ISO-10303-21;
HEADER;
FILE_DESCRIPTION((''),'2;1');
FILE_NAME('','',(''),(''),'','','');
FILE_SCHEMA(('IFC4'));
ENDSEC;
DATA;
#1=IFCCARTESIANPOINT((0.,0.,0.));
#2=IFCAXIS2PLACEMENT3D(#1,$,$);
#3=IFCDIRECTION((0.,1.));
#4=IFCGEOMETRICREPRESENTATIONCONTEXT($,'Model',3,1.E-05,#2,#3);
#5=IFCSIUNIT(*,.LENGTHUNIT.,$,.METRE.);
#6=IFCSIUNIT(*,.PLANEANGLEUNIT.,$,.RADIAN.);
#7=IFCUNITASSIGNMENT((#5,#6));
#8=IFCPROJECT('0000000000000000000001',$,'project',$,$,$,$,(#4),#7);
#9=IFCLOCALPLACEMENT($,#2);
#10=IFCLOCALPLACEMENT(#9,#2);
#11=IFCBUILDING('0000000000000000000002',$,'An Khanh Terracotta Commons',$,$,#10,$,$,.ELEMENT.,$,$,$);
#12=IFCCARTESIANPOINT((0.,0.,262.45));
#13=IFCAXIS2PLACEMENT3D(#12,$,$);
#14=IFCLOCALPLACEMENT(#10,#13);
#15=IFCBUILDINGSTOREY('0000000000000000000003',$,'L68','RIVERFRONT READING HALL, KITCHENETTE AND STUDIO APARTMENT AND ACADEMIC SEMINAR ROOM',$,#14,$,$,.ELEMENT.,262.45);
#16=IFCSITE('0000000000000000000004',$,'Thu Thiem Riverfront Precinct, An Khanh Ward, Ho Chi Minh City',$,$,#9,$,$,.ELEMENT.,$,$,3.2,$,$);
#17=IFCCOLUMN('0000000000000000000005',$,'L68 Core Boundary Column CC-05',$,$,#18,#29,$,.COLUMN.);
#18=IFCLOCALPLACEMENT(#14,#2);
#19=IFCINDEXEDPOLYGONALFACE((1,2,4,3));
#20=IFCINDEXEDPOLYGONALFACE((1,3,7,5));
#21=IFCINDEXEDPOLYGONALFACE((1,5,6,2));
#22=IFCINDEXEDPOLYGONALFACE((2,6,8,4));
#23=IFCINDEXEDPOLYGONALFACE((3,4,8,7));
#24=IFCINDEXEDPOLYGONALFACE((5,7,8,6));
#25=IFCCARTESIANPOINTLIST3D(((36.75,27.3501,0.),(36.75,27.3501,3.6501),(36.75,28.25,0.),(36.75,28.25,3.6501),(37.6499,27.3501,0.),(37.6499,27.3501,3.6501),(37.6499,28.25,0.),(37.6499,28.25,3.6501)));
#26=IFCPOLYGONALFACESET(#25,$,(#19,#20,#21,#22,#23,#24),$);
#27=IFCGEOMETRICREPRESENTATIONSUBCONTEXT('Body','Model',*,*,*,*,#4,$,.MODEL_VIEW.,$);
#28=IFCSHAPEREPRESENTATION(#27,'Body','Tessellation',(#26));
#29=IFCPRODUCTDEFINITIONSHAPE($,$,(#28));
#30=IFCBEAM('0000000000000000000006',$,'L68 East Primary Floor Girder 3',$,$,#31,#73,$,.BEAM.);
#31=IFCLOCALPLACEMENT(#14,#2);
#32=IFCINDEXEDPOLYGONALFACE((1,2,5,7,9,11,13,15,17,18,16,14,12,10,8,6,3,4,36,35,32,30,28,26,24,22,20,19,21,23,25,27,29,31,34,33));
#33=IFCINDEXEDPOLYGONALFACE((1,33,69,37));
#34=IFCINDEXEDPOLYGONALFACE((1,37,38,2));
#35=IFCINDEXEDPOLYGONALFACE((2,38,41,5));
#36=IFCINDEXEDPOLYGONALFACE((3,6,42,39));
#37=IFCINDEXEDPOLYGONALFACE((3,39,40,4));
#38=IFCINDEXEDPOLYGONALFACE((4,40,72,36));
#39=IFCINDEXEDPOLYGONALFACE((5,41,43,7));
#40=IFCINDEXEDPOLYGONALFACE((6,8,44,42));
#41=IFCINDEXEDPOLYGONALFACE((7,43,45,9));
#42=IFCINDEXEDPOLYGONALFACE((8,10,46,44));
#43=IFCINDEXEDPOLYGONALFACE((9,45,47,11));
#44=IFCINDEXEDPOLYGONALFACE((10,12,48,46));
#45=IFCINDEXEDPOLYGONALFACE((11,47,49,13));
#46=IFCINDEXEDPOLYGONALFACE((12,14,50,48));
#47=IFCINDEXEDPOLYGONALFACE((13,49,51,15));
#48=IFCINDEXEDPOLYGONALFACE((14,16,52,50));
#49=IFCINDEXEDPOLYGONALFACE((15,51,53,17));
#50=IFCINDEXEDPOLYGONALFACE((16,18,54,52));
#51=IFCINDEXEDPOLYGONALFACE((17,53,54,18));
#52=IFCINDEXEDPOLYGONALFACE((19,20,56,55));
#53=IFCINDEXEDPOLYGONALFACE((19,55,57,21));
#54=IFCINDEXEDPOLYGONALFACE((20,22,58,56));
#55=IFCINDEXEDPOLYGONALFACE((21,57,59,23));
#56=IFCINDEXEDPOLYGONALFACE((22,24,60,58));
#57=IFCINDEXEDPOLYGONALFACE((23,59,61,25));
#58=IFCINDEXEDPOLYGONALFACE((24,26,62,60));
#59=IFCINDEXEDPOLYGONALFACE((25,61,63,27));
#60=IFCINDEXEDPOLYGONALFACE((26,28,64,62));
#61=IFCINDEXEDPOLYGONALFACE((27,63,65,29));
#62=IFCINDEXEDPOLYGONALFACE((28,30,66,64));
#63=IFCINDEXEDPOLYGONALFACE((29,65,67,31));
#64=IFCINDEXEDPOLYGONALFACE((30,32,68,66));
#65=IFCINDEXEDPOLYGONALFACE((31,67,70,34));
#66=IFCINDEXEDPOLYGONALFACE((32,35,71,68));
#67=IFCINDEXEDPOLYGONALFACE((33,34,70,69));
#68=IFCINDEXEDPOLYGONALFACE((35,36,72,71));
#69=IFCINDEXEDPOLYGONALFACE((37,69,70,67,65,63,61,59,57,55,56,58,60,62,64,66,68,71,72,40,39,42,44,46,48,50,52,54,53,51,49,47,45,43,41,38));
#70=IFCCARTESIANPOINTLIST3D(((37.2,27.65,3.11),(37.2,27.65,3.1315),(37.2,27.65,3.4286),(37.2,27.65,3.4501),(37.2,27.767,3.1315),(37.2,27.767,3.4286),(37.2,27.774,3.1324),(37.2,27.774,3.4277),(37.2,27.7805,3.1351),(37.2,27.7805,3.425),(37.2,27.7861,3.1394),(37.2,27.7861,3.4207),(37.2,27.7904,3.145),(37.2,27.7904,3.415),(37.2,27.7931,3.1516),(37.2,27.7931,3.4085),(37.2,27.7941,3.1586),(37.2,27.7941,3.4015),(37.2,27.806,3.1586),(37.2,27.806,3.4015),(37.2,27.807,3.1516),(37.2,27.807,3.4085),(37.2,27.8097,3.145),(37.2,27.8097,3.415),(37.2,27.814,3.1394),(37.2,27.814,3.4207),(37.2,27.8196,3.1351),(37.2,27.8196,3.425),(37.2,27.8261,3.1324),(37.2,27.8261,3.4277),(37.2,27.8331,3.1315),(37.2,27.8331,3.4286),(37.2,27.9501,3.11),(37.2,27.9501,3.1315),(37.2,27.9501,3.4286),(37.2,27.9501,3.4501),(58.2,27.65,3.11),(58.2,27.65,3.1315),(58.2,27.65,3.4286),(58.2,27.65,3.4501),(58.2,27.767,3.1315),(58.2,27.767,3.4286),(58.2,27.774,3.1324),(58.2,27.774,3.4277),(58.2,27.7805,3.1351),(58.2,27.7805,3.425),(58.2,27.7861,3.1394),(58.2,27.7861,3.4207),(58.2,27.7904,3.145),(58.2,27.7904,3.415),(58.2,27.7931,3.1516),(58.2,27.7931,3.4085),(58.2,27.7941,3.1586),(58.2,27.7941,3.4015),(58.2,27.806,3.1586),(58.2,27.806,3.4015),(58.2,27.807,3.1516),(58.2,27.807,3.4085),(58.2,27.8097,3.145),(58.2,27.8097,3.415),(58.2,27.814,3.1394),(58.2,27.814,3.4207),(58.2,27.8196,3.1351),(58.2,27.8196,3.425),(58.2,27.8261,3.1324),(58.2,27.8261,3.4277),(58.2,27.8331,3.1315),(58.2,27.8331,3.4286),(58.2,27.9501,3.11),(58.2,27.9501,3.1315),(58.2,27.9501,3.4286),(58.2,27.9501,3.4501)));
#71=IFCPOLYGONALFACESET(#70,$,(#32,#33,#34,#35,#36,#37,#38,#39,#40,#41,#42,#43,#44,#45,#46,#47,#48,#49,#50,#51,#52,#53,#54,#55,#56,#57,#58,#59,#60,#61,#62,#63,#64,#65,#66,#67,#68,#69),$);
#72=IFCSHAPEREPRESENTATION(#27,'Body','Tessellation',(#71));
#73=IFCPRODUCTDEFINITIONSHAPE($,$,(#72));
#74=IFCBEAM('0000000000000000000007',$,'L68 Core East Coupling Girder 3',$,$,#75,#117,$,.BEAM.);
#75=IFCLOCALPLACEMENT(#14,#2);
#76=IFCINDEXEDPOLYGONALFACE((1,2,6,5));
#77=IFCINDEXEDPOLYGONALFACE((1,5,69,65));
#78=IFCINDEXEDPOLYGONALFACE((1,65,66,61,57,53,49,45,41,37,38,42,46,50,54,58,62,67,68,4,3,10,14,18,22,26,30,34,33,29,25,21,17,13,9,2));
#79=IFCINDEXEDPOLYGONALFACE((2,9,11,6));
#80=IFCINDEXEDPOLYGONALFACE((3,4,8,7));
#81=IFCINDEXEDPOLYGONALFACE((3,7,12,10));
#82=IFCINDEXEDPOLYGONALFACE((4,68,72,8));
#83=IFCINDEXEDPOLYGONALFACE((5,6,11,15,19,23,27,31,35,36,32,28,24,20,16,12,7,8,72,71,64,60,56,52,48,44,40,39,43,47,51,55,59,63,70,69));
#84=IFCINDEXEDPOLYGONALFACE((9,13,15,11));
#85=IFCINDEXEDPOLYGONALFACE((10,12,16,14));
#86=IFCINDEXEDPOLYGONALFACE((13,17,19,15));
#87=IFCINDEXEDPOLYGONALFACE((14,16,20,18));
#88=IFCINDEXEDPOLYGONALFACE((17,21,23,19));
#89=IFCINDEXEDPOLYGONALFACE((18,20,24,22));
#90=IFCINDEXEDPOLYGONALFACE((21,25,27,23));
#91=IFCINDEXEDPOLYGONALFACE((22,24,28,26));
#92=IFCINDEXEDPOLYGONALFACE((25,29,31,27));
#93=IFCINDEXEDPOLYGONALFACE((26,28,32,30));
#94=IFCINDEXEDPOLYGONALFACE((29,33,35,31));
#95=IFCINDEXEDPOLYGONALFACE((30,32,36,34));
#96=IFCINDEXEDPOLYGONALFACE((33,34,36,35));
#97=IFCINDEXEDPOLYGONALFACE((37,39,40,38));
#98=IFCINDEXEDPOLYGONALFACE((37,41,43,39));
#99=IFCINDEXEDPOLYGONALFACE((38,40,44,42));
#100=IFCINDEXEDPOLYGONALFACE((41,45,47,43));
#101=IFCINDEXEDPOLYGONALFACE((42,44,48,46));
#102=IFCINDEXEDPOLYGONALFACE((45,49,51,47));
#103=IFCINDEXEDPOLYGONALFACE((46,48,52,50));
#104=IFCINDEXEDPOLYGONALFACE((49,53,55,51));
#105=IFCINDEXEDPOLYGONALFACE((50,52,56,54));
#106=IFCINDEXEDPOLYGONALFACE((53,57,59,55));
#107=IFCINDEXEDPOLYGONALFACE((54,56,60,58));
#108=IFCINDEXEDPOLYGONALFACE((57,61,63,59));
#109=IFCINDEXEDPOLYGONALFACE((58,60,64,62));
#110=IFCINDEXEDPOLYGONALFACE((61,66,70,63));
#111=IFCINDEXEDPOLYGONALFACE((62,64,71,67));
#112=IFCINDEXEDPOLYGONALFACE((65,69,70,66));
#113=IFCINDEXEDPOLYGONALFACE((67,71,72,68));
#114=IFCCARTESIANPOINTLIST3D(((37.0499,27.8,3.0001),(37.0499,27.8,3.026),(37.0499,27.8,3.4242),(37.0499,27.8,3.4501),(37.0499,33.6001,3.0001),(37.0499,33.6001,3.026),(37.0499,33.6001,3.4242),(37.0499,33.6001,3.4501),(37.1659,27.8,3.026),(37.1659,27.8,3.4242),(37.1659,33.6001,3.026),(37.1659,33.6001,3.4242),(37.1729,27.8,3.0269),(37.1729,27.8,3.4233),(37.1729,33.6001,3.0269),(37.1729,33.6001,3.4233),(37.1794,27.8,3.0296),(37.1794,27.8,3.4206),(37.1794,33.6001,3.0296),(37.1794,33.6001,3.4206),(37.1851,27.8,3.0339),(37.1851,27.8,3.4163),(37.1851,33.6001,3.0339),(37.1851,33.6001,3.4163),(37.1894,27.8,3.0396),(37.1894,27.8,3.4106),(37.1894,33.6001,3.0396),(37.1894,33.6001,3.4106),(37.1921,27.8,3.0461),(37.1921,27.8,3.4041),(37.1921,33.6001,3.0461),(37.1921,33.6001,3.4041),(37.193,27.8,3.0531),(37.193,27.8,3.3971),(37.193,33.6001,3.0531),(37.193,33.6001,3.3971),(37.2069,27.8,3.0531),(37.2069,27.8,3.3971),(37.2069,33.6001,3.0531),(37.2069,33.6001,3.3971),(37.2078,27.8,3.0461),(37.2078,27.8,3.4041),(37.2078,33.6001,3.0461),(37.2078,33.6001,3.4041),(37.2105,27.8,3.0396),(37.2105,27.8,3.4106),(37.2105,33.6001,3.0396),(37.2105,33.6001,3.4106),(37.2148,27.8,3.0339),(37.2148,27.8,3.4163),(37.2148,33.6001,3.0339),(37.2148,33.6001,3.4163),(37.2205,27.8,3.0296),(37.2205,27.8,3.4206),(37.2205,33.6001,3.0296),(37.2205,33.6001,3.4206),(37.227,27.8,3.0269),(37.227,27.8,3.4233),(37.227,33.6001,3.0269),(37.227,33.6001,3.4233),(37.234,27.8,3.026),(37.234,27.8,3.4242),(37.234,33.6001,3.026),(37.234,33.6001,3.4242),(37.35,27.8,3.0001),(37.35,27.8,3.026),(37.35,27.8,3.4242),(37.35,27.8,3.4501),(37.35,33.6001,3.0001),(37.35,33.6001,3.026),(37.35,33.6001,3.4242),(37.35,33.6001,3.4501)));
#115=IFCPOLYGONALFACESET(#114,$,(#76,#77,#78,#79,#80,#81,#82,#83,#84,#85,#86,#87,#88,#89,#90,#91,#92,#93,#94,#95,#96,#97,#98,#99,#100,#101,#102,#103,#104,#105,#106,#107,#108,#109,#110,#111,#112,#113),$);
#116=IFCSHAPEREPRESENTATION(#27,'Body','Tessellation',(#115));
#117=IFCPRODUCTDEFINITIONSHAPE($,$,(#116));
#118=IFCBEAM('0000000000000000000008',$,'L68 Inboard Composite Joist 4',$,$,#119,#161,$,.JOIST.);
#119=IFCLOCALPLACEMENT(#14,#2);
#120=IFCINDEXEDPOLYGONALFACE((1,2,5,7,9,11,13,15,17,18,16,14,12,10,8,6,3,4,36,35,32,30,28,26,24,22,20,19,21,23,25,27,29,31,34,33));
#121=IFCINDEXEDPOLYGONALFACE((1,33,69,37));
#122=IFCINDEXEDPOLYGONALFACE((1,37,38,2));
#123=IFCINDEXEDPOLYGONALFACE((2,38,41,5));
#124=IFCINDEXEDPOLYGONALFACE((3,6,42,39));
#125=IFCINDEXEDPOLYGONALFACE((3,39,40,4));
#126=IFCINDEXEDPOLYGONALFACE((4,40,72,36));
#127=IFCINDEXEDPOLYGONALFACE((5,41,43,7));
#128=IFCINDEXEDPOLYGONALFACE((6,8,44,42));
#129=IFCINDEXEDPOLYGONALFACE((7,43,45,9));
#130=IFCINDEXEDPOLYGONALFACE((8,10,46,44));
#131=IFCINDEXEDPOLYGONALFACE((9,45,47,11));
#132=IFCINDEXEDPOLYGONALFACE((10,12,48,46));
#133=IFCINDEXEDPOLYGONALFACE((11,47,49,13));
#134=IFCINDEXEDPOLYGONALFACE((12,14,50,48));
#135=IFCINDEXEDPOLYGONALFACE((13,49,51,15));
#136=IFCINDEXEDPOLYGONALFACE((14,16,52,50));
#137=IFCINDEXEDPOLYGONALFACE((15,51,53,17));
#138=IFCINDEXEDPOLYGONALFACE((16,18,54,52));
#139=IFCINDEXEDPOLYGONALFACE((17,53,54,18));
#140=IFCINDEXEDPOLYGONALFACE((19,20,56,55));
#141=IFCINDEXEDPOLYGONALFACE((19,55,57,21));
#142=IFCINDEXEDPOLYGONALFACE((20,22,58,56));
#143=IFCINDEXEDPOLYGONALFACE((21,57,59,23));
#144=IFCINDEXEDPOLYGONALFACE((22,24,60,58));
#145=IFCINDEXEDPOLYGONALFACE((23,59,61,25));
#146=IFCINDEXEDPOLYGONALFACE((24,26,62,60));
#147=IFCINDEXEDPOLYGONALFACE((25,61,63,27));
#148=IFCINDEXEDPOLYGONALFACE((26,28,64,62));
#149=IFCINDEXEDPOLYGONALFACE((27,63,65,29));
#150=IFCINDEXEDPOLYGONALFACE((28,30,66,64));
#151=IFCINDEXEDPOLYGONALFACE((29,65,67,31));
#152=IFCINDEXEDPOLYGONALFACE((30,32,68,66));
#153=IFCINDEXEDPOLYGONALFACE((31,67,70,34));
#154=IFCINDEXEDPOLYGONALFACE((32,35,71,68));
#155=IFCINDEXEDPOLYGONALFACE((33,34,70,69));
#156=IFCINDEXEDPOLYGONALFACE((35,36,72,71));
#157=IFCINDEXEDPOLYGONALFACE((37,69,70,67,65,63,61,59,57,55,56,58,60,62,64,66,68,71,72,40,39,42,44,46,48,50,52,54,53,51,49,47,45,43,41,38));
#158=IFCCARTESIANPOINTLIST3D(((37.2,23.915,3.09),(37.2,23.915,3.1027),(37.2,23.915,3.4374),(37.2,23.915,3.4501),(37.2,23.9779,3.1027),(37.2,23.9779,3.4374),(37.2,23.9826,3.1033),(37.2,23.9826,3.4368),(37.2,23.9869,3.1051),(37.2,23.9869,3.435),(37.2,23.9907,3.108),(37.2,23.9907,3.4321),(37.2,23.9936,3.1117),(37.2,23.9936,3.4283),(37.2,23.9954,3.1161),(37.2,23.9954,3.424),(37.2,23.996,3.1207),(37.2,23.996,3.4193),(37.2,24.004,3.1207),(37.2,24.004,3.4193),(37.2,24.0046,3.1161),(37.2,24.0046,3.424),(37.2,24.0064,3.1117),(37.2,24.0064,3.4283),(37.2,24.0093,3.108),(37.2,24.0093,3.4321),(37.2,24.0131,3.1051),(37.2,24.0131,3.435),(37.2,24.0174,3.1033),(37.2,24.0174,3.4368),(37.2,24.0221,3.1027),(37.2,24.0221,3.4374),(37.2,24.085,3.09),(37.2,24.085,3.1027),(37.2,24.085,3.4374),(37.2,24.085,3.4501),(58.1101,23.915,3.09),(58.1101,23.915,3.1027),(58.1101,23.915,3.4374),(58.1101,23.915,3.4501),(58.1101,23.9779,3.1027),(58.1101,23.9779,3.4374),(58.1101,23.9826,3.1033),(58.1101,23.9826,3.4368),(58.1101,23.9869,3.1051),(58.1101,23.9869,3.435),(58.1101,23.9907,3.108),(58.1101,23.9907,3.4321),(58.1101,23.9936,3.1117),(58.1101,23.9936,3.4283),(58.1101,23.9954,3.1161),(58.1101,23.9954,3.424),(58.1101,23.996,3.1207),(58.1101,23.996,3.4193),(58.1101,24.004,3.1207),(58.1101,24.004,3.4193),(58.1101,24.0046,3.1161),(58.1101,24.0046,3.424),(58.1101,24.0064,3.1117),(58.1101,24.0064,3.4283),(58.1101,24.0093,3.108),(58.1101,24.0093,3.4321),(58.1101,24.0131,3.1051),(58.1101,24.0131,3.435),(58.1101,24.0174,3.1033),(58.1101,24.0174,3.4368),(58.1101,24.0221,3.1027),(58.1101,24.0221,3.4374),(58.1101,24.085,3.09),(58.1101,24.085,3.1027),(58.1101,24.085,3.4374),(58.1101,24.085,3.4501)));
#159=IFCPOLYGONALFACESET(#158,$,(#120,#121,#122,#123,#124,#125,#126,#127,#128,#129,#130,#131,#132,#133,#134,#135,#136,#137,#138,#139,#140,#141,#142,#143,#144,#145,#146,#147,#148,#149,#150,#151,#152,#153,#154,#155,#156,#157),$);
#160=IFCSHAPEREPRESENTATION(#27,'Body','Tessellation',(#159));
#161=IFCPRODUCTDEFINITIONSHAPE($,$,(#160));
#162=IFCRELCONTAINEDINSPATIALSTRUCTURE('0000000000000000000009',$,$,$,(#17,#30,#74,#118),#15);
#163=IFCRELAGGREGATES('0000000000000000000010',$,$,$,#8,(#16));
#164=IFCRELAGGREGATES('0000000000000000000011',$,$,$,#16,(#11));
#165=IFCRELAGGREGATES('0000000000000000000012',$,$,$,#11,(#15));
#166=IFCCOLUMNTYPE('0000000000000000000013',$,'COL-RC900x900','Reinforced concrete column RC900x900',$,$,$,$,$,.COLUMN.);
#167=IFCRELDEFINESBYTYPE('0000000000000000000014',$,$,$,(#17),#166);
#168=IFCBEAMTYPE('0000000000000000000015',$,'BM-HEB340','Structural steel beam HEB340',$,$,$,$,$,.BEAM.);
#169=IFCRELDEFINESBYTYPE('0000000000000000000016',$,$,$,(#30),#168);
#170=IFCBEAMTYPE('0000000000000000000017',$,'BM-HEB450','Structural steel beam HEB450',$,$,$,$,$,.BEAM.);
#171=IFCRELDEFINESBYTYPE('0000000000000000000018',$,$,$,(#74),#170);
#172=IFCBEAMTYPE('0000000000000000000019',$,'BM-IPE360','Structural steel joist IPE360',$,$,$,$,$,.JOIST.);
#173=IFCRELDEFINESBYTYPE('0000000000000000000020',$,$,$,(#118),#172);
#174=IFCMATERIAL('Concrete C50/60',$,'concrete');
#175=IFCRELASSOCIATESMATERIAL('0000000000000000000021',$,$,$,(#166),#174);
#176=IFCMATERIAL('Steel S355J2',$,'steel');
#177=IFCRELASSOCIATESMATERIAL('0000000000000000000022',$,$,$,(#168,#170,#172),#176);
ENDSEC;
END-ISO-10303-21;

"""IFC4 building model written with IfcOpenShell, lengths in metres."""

from ifc_helpers import new_model, si_unit, direction, frame, origin, origin_2d, place, context, subcontext, project, spatial, rectangle, i_section, extrude, material, material_profile, profile_set, type_object, element, save


model = new_model("IFC4")

# Units and contexts
model_context = context("Model", 3, precision=1e-05, world=origin(), true_north=direction((0.0, 1.0)))
body_context = subcontext(model_context, "Body", "Model", "MODEL_VIEW")
ifc_project = project(units=[si_unit("LENGTHUNIT", "METRE"), si_unit("PLANEANGLEUNIT", "RADIAN")], contexts=[model_context])

# Site, building, storey
site_placement = place(None, origin())
site = spatial("IfcSite", under=ifc_project, at=site_placement, Name="Thu Thiem Riverfront Precinct, An Khanh Ward, Ho Chi Minh City", CompositionType="ELEMENT", RefElevation=3.2)
building_placement = place(site_placement, origin())
building = spatial("IfcBuilding", under=site, at=building_placement, Name="An Khanh Terracotta Commons", CompositionType="ELEMENT")
storey_placement = place(building_placement, frame((0.0, 0.0, 262.45)))
storey = spatial("IfcBuildingStorey", under=building, at=storey_placement, Name="L68", Description="RIVERFRONT READING HALL, KITCHENETTE AND STUDIO APARTMENT AND ACADEMIC SEMINAR ROOM", CompositionType="ELEMENT", Elevation=262.45)

# Column
ifc_material_1 = material(Name="Concrete C50/60", Category="concrete")
ifc_material_profile_1 = material_profile(ifc_material_1, rectangle(XDim=0.8999, YDim=0.8999, at=origin_2d()), Name="RC900x900")
ifc_profile_set_1 = profile_set([ifc_material_profile_1], Name="Concrete C50/60")
column_type = type_object("IfcColumnType", Name="COL-RC900x900", Description="Reinforced concrete column RC900x900", PredefinedType="COLUMN", material=ifc_profile_set_1)
column_placement = place(storey_placement, frame((37.2, 27.8, 0.0), z_axis=(0.0, 0.0, 1.0), x_axis=(1.0, 0.0, 0.0)))
element("IfcColumn", 1, at=column_placement, inside=storey, type_object=column_type, Name="L68 Core Boundary Column CC-05", PredefinedType="COLUMN", context=body_context, shape_type="SweptSolid", body=[
    extrude(rectangle(XDim=0.8999, YDim=0.8999, at=origin_2d()), origin(), (0.0, 0.0, 1.0), 3.6501),
])

# Beams
ifc_material_2 = material(Name="Steel S355J2", Category="steel")
ifc_material_profile_2 = material_profile(ifc_material_2, i_section(OverallWidth=0.3, OverallDepth=0.3401, WebThickness=0.012, FlangeThickness=0.0215, FilletRadius=0.0271, at=origin_2d()), Name="HEB340")
ifc_profile_set_2 = profile_set([ifc_material_profile_2], Name="Steel S355J2")
beam_type_1 = type_object("IfcBeamType", Name="BM-HEB340", Description="Structural steel beam HEB340", PredefinedType="BEAM", material=ifc_profile_set_2)
beam_1_placement = place(storey_placement, frame((37.2, 27.8, 3.28), z_axis=(1.0, 0.0, 0.0), x_axis=(0.0, 1.0, 0.0)))
element("IfcBeam", 2, at=beam_1_placement, inside=storey, type_object=beam_type_1, Name="L68 East Primary Floor Girder 3", PredefinedType="BEAM", context=body_context, shape_type="SweptSolid", body=[
    extrude(i_section(OverallWidth=0.3, OverallDepth=0.3401, WebThickness=0.012, FlangeThickness=0.0215, FilletRadius=0.0271, at=origin_2d()), origin(), (0.0, 0.0, 1.0), 21.0),
])
ifc_material_profile_3 = material_profile(ifc_material_2, i_section(OverallWidth=0.3, OverallDepth=0.45, WebThickness=0.0139, FlangeThickness=0.0259, FilletRadius=0.0271, at=origin_2d()), Name="HEB450")
ifc_profile_set_3 = profile_set([ifc_material_profile_3], Name="Steel S355J2")
beam_type_2 = type_object("IfcBeamType", Name="BM-HEB450", Description="Structural steel beam HEB450", PredefinedType="BEAM", material=ifc_profile_set_3)
beam_2_placement = place(storey_placement, frame((37.2, 27.8, 3.2251), z_axis=(0.0, 1.0, 0.0), x_axis=(-1.0, 0.0, 0.0)))
element("IfcBeam", 3, at=beam_2_placement, inside=storey, type_object=beam_type_2, Name="L68 Core East Coupling Girder 3", PredefinedType="BEAM", context=body_context, shape_type="SweptSolid", body=[
    extrude(i_section(OverallWidth=0.3, OverallDepth=0.45, WebThickness=0.0139, FlangeThickness=0.0259, FilletRadius=0.0271, at=origin_2d()), origin(), (0.0, 0.0, 1.0), 5.8),
])
ifc_material_profile_4 = material_profile(ifc_material_2, i_section(OverallWidth=0.1699, OverallDepth=0.3601, WebThickness=0.0081, FlangeThickness=0.0127, FilletRadius=0.0181, at=origin_2d()), Name="IPE360")
ifc_profile_set_4 = profile_set([ifc_material_profile_4], Name="Steel S355J2")
beam_type_3 = type_object("IfcBeamType", Name="BM-IPE360", Description="Structural steel joist IPE360", PredefinedType="JOIST", material=ifc_profile_set_4)
for number, where, z_axis, x_axis, name in (
    (4, (37.2, 24.0, 3.27), (1.0, 0.0, 0.0), (0.0, 1.0, 0.0), "L68 Inboard Composite Joist 4"),
):
    element("IfcBeam", number, at=place(storey_placement, frame(where, z_axis=z_axis, x_axis=x_axis)), inside=storey, type_object=beam_type_3, Name=name, PredefinedType="JOIST", context=body_context, shape_type="SweptSolid", body=[
        extrude(i_section(OverallWidth=0.1699, OverallDepth=0.3601, WebThickness=0.0081, FlangeThickness=0.0127, FilletRadius=0.0181, at=origin_2d()), origin(), (0.0, 0.0, 1.0), 20.9102),
    ])

save(model, "model.ifc")
